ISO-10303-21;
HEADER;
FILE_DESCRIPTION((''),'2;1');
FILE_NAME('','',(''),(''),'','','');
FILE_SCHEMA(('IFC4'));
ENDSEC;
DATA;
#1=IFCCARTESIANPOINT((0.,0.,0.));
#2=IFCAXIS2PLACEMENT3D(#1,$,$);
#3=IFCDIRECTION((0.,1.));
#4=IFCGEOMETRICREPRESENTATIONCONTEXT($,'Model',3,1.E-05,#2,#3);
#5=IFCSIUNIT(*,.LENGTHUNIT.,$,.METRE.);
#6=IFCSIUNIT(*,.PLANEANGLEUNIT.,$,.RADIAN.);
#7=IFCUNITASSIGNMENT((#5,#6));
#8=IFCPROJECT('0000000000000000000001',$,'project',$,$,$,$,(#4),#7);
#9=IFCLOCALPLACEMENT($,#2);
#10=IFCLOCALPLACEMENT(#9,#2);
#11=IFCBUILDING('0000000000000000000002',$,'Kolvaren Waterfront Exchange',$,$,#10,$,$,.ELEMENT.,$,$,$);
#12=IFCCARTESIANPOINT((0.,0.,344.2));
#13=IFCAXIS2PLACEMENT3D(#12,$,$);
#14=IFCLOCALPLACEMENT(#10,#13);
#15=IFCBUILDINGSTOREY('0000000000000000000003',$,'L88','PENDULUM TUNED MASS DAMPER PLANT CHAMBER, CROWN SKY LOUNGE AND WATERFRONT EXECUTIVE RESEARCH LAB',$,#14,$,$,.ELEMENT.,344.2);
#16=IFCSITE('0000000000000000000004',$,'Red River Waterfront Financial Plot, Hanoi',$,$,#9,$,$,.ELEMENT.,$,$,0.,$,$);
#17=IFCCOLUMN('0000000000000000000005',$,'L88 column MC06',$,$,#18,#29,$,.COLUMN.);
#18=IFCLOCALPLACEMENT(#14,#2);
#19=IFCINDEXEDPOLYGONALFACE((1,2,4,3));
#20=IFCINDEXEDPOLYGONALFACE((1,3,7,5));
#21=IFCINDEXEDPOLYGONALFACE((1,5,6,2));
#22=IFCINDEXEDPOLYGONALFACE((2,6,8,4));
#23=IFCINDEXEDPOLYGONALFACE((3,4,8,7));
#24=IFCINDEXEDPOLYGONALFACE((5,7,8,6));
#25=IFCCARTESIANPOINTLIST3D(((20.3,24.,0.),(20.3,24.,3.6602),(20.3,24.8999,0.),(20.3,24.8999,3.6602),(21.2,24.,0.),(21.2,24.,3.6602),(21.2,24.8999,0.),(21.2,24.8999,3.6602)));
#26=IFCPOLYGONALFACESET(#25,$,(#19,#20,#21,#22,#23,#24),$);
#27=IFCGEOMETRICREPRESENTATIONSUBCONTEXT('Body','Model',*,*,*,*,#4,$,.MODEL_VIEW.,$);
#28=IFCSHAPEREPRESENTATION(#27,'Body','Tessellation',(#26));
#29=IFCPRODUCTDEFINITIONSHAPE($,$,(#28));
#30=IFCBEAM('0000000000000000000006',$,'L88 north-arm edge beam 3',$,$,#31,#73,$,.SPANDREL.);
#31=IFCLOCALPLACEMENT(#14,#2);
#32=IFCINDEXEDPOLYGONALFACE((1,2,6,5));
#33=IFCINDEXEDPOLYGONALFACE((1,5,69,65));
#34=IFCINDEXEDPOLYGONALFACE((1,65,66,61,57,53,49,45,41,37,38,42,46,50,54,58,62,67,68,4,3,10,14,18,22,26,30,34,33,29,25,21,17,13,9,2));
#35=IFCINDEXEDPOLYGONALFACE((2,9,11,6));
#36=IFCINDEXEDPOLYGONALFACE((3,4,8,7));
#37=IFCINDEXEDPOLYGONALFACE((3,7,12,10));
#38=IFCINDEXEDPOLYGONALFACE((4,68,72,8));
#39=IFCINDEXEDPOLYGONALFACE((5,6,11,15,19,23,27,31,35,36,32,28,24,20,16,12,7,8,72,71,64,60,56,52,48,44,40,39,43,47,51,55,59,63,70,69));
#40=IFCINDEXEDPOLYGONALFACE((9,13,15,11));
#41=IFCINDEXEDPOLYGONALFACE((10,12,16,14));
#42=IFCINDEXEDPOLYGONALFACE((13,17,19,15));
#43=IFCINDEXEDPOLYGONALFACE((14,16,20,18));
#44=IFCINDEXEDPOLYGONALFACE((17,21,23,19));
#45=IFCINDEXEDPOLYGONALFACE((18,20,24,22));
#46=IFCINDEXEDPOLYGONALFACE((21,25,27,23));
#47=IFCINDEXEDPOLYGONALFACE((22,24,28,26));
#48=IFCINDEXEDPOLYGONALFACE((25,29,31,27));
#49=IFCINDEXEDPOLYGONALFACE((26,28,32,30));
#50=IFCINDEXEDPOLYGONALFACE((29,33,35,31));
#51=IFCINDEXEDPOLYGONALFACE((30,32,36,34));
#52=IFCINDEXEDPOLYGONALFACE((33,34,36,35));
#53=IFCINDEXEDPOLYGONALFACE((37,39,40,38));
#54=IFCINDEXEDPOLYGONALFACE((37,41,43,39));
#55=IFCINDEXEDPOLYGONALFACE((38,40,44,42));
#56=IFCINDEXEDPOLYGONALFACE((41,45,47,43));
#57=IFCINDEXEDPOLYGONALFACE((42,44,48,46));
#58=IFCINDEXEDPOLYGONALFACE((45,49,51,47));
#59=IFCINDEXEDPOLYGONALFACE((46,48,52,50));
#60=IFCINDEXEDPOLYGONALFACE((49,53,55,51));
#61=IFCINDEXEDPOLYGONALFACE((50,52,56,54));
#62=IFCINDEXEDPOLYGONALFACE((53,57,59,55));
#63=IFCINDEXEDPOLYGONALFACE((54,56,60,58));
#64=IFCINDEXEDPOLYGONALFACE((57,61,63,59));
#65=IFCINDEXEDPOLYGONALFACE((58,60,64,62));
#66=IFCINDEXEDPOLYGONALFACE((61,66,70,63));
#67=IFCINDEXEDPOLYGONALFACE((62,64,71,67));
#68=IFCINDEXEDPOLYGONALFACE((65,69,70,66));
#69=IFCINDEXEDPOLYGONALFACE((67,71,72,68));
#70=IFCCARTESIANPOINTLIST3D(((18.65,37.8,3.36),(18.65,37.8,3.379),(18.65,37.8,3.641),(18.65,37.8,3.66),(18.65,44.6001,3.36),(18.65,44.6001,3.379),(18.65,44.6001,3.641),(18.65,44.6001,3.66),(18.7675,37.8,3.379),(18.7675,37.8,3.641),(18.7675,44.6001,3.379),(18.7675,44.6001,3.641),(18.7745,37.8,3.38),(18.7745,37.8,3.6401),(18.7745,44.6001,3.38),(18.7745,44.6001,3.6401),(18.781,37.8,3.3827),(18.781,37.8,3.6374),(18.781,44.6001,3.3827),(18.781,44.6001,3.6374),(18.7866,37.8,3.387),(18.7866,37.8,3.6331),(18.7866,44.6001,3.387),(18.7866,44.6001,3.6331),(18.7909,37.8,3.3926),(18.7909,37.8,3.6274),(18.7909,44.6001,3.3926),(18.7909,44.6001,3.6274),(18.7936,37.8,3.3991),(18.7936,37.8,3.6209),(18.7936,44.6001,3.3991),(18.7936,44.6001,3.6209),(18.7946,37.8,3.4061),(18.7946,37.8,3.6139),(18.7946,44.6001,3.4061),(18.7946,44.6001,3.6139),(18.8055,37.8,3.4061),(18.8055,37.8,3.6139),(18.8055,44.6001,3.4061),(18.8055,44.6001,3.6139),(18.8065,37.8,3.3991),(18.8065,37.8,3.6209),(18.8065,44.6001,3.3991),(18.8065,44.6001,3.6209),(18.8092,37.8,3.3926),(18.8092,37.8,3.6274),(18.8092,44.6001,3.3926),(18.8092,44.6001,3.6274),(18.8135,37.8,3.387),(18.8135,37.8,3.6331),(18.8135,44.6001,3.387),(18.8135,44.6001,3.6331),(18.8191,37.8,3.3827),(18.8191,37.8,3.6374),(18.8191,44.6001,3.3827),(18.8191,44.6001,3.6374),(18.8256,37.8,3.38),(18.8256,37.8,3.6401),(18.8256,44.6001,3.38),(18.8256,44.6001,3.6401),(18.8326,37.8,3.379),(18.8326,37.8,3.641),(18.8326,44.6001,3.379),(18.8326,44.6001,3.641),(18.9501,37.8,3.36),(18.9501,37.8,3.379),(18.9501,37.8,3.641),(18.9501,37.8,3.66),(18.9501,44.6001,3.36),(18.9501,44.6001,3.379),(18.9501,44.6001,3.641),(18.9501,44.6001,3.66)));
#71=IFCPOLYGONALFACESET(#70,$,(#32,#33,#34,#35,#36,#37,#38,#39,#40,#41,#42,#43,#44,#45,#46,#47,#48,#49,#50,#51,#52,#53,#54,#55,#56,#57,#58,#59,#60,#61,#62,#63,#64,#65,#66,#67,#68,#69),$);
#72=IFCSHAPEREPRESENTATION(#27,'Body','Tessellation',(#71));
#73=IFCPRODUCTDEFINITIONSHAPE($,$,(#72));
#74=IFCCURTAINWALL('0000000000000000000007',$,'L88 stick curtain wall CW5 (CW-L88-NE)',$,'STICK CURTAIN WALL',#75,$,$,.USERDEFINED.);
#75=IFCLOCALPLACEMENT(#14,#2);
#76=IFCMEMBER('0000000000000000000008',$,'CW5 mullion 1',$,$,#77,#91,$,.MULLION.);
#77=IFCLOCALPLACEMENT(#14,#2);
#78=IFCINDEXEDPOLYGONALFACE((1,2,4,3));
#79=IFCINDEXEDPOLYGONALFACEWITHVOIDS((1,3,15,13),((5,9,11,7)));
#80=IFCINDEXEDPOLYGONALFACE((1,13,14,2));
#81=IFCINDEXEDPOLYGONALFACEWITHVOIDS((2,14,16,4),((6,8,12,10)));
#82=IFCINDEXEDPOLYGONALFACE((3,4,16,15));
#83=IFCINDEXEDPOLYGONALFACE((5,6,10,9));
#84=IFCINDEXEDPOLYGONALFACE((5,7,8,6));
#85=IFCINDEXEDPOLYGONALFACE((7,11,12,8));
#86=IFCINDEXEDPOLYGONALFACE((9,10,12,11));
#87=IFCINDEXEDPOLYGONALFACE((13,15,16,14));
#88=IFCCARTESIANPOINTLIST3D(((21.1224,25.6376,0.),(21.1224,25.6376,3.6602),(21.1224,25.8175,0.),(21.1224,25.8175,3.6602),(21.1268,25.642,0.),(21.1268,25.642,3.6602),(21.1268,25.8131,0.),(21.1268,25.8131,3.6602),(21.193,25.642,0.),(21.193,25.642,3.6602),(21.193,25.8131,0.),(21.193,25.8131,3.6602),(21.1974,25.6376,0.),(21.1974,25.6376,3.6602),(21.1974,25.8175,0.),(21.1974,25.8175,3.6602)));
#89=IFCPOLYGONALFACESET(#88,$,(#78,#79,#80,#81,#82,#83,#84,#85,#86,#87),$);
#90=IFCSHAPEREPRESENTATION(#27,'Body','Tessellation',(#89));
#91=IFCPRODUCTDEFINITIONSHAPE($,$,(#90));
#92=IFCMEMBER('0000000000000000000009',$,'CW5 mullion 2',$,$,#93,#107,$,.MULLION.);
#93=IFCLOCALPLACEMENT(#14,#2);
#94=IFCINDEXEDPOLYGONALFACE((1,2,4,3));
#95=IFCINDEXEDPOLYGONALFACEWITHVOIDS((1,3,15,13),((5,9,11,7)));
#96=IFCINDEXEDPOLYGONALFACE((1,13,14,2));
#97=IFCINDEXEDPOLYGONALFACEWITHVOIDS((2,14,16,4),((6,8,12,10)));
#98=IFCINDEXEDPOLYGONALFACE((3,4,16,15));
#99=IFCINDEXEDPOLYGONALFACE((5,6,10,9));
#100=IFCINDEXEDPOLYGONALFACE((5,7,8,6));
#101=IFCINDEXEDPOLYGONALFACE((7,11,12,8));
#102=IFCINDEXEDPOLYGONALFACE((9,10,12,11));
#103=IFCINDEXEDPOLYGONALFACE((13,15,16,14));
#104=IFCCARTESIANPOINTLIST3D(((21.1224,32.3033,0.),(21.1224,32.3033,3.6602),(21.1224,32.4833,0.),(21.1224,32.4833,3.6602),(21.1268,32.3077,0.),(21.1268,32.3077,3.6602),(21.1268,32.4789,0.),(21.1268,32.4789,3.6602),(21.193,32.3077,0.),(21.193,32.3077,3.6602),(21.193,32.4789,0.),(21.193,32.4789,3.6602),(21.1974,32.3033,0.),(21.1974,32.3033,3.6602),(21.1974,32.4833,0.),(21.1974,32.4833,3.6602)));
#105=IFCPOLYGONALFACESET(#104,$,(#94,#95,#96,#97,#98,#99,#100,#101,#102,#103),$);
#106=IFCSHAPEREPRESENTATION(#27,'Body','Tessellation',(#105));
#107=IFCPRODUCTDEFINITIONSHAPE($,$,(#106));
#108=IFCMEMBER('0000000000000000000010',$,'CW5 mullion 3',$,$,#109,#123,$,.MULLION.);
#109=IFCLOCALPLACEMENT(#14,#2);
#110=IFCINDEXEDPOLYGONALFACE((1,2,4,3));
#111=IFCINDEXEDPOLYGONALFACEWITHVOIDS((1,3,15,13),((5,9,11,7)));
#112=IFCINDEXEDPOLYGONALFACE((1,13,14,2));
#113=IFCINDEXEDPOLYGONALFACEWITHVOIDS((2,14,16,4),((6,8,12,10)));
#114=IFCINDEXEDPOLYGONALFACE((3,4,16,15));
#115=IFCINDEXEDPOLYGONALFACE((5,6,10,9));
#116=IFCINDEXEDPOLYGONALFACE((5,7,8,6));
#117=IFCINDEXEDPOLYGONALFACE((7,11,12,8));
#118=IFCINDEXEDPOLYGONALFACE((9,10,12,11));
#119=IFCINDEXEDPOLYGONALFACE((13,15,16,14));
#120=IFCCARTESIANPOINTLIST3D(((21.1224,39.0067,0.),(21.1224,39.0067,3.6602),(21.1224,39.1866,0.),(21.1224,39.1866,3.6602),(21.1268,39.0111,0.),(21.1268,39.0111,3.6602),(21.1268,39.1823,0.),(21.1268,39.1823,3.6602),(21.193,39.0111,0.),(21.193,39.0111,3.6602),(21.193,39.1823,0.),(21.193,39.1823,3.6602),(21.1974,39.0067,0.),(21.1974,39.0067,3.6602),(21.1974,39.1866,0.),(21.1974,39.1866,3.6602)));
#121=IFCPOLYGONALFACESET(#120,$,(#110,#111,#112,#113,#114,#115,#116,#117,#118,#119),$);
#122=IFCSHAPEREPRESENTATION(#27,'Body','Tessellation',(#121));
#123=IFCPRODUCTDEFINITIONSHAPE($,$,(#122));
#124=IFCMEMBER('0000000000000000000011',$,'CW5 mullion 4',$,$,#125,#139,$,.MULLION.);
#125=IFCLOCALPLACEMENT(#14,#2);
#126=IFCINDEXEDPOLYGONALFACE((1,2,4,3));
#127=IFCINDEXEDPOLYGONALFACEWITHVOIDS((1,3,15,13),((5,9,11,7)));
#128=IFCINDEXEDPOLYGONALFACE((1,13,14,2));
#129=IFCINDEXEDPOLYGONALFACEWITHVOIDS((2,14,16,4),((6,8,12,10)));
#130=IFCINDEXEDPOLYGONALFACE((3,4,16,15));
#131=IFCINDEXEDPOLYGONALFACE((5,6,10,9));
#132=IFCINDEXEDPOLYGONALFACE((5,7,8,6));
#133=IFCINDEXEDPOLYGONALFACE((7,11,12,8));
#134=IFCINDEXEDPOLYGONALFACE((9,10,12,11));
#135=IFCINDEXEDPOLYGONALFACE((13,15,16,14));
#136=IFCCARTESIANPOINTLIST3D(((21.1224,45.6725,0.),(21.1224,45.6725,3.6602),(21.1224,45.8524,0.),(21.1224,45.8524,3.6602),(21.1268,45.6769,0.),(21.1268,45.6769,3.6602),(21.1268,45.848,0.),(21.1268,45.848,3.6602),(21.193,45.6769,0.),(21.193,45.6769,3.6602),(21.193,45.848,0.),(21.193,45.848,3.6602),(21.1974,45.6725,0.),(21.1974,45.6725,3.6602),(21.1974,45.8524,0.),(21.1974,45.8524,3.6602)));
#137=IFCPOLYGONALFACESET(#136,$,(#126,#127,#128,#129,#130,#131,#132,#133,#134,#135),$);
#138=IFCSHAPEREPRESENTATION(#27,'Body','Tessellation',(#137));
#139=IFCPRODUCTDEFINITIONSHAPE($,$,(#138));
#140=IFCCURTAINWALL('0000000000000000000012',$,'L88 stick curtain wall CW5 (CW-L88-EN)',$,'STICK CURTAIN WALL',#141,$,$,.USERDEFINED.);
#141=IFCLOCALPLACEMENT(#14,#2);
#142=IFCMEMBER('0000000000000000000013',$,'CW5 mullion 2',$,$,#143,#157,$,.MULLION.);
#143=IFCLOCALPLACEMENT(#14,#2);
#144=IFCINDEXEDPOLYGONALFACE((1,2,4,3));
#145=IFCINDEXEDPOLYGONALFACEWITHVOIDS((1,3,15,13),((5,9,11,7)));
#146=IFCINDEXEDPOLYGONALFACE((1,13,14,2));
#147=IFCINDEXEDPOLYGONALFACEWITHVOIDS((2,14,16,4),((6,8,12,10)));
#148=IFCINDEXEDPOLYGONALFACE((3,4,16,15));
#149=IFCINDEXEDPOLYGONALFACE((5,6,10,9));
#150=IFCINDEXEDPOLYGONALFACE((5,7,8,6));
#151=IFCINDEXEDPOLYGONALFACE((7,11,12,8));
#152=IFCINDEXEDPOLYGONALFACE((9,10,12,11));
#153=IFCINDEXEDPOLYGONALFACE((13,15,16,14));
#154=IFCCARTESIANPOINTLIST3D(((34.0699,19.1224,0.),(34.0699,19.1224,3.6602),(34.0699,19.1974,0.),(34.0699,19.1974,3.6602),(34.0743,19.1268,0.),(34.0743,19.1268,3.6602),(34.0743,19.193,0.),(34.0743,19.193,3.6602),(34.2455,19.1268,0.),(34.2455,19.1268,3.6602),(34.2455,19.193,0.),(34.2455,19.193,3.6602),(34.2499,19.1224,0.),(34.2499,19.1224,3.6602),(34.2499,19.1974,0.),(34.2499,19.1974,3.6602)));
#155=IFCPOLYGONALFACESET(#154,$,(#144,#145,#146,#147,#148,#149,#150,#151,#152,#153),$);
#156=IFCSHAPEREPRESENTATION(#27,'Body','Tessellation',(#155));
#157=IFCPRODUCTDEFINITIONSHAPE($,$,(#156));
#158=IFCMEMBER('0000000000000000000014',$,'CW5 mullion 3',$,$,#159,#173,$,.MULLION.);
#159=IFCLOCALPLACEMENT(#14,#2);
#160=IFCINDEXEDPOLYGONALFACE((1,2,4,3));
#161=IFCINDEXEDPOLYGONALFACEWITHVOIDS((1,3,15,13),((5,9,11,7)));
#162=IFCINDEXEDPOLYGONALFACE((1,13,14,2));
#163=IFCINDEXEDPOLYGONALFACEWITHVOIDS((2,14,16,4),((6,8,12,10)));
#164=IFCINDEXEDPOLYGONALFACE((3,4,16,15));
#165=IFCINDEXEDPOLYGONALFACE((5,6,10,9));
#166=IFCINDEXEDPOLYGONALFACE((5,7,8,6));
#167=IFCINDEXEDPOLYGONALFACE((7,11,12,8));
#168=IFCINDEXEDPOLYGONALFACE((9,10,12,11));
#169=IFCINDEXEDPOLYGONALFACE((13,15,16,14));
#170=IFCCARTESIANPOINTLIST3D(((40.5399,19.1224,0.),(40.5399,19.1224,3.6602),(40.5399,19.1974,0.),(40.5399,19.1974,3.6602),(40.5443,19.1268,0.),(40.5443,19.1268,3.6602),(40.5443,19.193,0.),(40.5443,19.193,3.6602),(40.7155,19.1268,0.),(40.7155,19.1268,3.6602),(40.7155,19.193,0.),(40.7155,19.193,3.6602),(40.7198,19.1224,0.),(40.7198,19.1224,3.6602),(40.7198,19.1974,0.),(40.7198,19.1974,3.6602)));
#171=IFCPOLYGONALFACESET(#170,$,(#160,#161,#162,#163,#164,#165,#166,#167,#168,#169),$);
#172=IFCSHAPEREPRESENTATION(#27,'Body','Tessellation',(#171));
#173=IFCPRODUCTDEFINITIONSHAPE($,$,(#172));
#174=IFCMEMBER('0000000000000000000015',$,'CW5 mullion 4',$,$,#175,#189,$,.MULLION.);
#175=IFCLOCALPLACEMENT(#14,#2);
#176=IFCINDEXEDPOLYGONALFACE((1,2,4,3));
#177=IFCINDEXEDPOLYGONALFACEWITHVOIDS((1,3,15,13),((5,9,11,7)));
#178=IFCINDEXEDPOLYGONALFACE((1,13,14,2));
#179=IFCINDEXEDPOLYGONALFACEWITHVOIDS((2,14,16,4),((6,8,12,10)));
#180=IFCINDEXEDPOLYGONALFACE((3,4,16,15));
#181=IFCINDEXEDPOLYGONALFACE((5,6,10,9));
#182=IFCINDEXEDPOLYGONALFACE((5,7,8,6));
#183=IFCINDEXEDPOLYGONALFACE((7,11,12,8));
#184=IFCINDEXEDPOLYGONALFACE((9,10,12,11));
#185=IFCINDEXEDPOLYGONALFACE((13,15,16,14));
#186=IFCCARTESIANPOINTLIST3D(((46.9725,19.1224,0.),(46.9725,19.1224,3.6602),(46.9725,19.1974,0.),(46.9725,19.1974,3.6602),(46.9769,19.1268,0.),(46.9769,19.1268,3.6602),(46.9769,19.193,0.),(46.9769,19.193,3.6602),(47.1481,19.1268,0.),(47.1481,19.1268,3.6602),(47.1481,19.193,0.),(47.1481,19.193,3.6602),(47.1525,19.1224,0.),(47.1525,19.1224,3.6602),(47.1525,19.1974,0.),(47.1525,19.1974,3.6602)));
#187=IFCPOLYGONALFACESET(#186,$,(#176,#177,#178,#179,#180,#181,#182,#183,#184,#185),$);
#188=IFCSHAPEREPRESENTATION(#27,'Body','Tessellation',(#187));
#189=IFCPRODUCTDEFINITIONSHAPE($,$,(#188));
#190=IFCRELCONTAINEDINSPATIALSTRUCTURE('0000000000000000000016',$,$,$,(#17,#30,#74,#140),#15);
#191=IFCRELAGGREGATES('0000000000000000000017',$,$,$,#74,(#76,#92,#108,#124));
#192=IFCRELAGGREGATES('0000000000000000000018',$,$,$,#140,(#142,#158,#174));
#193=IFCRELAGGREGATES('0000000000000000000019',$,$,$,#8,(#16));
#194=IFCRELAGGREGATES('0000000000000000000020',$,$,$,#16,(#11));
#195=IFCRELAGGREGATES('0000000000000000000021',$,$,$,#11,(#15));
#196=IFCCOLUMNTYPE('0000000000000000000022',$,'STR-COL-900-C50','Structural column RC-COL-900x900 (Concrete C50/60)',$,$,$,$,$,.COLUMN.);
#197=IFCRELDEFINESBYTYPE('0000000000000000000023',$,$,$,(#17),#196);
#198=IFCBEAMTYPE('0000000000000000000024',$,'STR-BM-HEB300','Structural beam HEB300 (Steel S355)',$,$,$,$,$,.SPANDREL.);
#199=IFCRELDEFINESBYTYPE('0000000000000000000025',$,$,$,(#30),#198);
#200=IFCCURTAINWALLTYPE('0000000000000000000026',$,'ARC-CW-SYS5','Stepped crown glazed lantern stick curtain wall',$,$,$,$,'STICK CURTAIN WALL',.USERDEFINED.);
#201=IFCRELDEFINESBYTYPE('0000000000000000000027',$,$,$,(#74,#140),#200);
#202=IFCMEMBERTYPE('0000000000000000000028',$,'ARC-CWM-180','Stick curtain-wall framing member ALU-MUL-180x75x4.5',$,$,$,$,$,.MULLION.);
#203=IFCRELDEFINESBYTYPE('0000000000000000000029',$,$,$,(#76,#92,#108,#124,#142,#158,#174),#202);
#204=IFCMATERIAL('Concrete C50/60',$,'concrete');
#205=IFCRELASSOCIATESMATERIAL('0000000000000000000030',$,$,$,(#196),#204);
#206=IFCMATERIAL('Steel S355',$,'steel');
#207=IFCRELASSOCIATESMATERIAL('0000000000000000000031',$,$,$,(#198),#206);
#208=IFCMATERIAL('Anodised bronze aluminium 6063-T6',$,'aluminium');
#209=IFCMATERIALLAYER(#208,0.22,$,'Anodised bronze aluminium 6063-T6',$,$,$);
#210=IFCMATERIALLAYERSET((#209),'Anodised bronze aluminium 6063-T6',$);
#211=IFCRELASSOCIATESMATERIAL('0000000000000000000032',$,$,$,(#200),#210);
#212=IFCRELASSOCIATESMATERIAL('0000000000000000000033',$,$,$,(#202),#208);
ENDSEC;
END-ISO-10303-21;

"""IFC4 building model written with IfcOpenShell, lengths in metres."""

from ifc_helpers import new_model, si_unit, direction, frame, origin, origin_with_axes, origin_2d, place, context, subcontext, project, spatial, rectangle, hollow_rectangle, i_section, extrude, source, transform, mapped, material, layer, layer_set, material_profile, profile_set, type_object, element, aggregate, save


model = new_model("IFC4")

# Units and contexts
model_context = context("Model", 3, precision=1e-05, world=origin(), true_north=direction((0.0, 1.0)))
body_context = subcontext(model_context, "Body", "Model", "MODEL_VIEW")
ifc_project = project(units=[si_unit("LENGTHUNIT", "METRE"), si_unit("PLANEANGLEUNIT", "RADIAN")], contexts=[model_context])

# Site, building, storey
site_placement = place(None, origin())
site = spatial("IfcSite", under=ifc_project, at=site_placement, Name="Red River Waterfront Financial Plot, Hanoi", CompositionType="ELEMENT", RefElevation=0.0)
building_placement = place(site_placement, origin())
building = spatial("IfcBuilding", under=site, at=building_placement, Name="Kolvaren Waterfront Exchange", CompositionType="ELEMENT")
storey_placement = place(building_placement, frame((0.0, 0.0, 344.2)))
storey = spatial("IfcBuildingStorey", under=building, at=storey_placement, Name="L88", Description="PENDULUM TUNED MASS DAMPER PLANT CHAMBER, CROWN SKY LOUNGE AND WATERFRONT EXECUTIVE RESEARCH LAB", CompositionType="ELEMENT", Elevation=344.2)

# Column
ifc_material_1 = material(Name="Concrete C50/60", Category="concrete")
ifc_material_profile_1 = material_profile(ifc_material_1, rectangle(XDim=0.8999, YDim=0.8999, at=origin_2d()), Name="RC-COL-900x900")
ifc_profile_set_1 = profile_set([ifc_material_profile_1], Name="Concrete C50/60")
column_type = type_object("IfcColumnType", Name="STR-COL-900-C50", Description="Structural column RC-COL-900x900 (Concrete C50/60)", PredefinedType="COLUMN", material=ifc_profile_set_1)
column_placement = place(storey_placement, frame((20.75, 24.45, 0.0), z_axis=(0.0, 0.0, 1.0), x_axis=(1.0, 0.0, 0.0)))
element("IfcColumn", 1, at=column_placement, inside=storey, type_object=column_type, Name="L88 column MC06", PredefinedType="COLUMN", context=body_context, shape_type="SweptSolid", body=[
    extrude(rectangle(XDim=0.8999, YDim=0.8999, at=origin_2d()), origin(), (0.0, 0.0, 1.0), 3.6602),
])

# Beam
ifc_material_2 = material(Name="Steel S355", Category="steel")
ifc_material_profile_2 = material_profile(ifc_material_2, i_section(OverallWidth=0.3, OverallDepth=0.3, WebThickness=0.011, FlangeThickness=0.019, FilletRadius=0.0271, at=origin_2d()), Name="HEB300")
ifc_profile_set_2 = profile_set([ifc_material_profile_2], Name="Steel S355")
beam_type = type_object("IfcBeamType", Name="STR-BM-HEB300", Description="Structural beam HEB300 (Steel S355)", PredefinedType="SPANDREL", material=ifc_profile_set_2)
beam_placement = place(storey_placement, frame((18.8, 37.8, 3.51), z_axis=(0.0, 1.0, 0.0), x_axis=(-1.0, 0.0, 0.0)))
element("IfcBeam", 2, at=beam_placement, inside=storey, type_object=beam_type, Name="L88 north-arm edge beam 3", PredefinedType="SPANDREL", context=body_context, shape_type="SweptSolid", body=[
    extrude(i_section(OverallWidth=0.3, OverallDepth=0.3, WebThickness=0.011, FlangeThickness=0.019, FilletRadius=0.0271, at=origin_2d()), origin(), (0.0, 0.0, 1.0), 6.8),
])

# Curtain walls, members
ifc_material_3 = material(Name="Anodised bronze aluminium 6063-T6", Category="aluminium")
ifc_layer_1 = layer(ifc_material_3, 0.22, Name="Anodised bronze aluminium 6063-T6")
ifc_layer_set_1 = layer_set([ifc_layer_1], Name="Anodised bronze aluminium 6063-T6")
curtain_wall_type = type_object("IfcCurtainWallType", Name="ARC-CW-SYS5", Description="Stepped crown glazed lantern stick curtain wall", ElementType="STICK CURTAIN WALL", PredefinedType="USERDEFINED", material=ifc_layer_set_1)
curtain_wall_1_placement = place(storey_placement, origin())
curtain_wall_1 = element("IfcCurtainWall", 3, at=curtain_wall_1_placement, inside=storey, type_object=curtain_wall_type, Name="L88 stick curtain wall CW5 (CW-L88-NE)", ObjectType="STICK CURTAIN WALL", PredefinedType="USERDEFINED")
ifc_material_profile_3 = material_profile(ifc_material_3, hollow_rectangle(XDim=0.075, YDim=0.1799, WallThickness=0.0044, at=origin_2d()), Name="ALU-MUL-180x75x4.5")
ifc_profile_set_3 = profile_set([ifc_material_profile_3], Name="Anodised bronze aluminium 6063-T6")
member_type_1 = type_object("IfcMemberType", Name="ARC-CWM-180", Description="Stick curtain-wall framing member ALU-MUL-180x75x4.5", PredefinedType="MULLION", material=ifc_profile_set_3)
shared_shape_1 = source(origin_with_axes(), body_context, "Body", "SweptSolid", [
    extrude(hollow_rectangle(XDim=0.075, YDim=0.1799, WallThickness=0.0044, at=origin_2d()), origin(), (0.0, 0.0, 1.0), 3.6602),
])
member_1_placement = place(storey_placement, frame((21.1599, 25.7275, 0.0), z_axis=(0.0, 0.0, 1.0), x_axis=(-1.0, 0.0, 0.0)))
member_1 = element("IfcMember", 4, at=member_1_placement, type_object=member_type_1, Name="CW5 mullion 1", PredefinedType="MULLION", context=body_context, shape_type="MappedRepresentation", body=[
    mapped(shared_shape_1, transform((0.0, 0.0, 0.0), x_axis=(1.0, 0.0, 0.0), y_axis=(0.0, 1.0, 0.0), z_axis=(0.0, 0.0, 1.0), scale=1.0)),
])
member_2_placement = place(storey_placement, frame((21.1599, 32.3933, 0.0), z_axis=(0.0, 0.0, 1.0), x_axis=(-1.0, 0.0, 0.0)))
member_2 = element("IfcMember", 5, at=member_2_placement, type_object=member_type_1, Name="CW5 mullion 2", PredefinedType="MULLION", context=body_context, shape_type="MappedRepresentation", body=[
    mapped(shared_shape_1, transform((0.0, 0.0, 0.0), x_axis=(1.0, 0.0, 0.0), y_axis=(0.0, 1.0, 0.0), z_axis=(0.0, 0.0, 1.0), scale=1.0)),
])
member_3_placement = place(storey_placement, frame((21.1599, 39.0967, 0.0), z_axis=(0.0, 0.0, 1.0), x_axis=(-1.0, 0.0, 0.0)))
member_3 = element("IfcMember", 6, at=member_3_placement, type_object=member_type_1, Name="CW5 mullion 3", PredefinedType="MULLION", context=body_context, shape_type="MappedRepresentation", body=[
    mapped(shared_shape_1, transform((0.0, 0.0, 0.0), x_axis=(1.0, 0.0, 0.0), y_axis=(0.0, 1.0, 0.0), z_axis=(0.0, 0.0, 1.0), scale=1.0)),
])
member_4_placement = place(storey_placement, frame((21.1599, 45.7625, 0.0), z_axis=(0.0, 0.0, 1.0), x_axis=(-1.0, 0.0, 0.0)))
member_4 = element("IfcMember", 7, at=member_4_placement, type_object=member_type_1, Name="CW5 mullion 4", PredefinedType="MULLION", context=body_context, shape_type="MappedRepresentation", body=[
    mapped(shared_shape_1, transform((0.0, 0.0, 0.0), x_axis=(1.0, 0.0, 0.0), y_axis=(0.0, 1.0, 0.0), z_axis=(0.0, 0.0, 1.0), scale=1.0)),
])
curtain_wall_2_placement = place(storey_placement, origin())
curtain_wall_2 = element("IfcCurtainWall", 8, at=curtain_wall_2_placement, inside=storey, type_object=curtain_wall_type, Name="L88 stick curtain wall CW5 (CW-L88-EN)", ObjectType="STICK CURTAIN WALL", PredefinedType="USERDEFINED")
member_5_placement = place(storey_placement, frame((34.1599, 19.1599, 0.0), z_axis=(0.0, 0.0, 1.0), x_axis=(0.0, 1.0, 0.0)))
member_5 = element("IfcMember", 9, at=member_5_placement, type_object=member_type_1, Name="CW5 mullion 2", PredefinedType="MULLION", context=body_context, shape_type="MappedRepresentation", body=[
    mapped(shared_shape_1, transform((0.0, 0.0, 0.0), x_axis=(1.0, 0.0, 0.0), y_axis=(0.0, 1.0, 0.0), z_axis=(0.0, 0.0, 1.0), scale=1.0)),
])
member_6_placement = place(storey_placement, frame((40.6299, 19.1599, 0.0), z_axis=(0.0, 0.0, 1.0), x_axis=(0.0, 1.0, 0.0)))
member_6 = element("IfcMember", 10, at=member_6_placement, type_object=member_type_1, Name="CW5 mullion 3", PredefinedType="MULLION", context=body_context, shape_type="MappedRepresentation", body=[
    mapped(shared_shape_1, transform((0.0, 0.0, 0.0), x_axis=(1.0, 0.0, 0.0), y_axis=(0.0, 1.0, 0.0), z_axis=(0.0, 0.0, 1.0), scale=1.0)),
])
member_7_placement = place(storey_placement, frame((47.0625, 19.1599, 0.0), z_axis=(0.0, 0.0, 1.0), x_axis=(0.0, 1.0, 0.0)))
member_7 = element("IfcMember", 11, at=member_7_placement, type_object=member_type_1, Name="CW5 mullion 4", PredefinedType="MULLION", context=body_context, shape_type="MappedRepresentation", body=[
    mapped(shared_shape_1, transform((0.0, 0.0, 0.0), x_axis=(1.0, 0.0, 0.0), y_axis=(0.0, 1.0, 0.0), z_axis=(0.0, 0.0, 1.0), scale=1.0)),
])

aggregate(curtain_wall_1, [member_1, member_2, member_3, member_4])
aggregate(curtain_wall_2, [member_5, member_6, member_7])

save(model, "model.ifc")
